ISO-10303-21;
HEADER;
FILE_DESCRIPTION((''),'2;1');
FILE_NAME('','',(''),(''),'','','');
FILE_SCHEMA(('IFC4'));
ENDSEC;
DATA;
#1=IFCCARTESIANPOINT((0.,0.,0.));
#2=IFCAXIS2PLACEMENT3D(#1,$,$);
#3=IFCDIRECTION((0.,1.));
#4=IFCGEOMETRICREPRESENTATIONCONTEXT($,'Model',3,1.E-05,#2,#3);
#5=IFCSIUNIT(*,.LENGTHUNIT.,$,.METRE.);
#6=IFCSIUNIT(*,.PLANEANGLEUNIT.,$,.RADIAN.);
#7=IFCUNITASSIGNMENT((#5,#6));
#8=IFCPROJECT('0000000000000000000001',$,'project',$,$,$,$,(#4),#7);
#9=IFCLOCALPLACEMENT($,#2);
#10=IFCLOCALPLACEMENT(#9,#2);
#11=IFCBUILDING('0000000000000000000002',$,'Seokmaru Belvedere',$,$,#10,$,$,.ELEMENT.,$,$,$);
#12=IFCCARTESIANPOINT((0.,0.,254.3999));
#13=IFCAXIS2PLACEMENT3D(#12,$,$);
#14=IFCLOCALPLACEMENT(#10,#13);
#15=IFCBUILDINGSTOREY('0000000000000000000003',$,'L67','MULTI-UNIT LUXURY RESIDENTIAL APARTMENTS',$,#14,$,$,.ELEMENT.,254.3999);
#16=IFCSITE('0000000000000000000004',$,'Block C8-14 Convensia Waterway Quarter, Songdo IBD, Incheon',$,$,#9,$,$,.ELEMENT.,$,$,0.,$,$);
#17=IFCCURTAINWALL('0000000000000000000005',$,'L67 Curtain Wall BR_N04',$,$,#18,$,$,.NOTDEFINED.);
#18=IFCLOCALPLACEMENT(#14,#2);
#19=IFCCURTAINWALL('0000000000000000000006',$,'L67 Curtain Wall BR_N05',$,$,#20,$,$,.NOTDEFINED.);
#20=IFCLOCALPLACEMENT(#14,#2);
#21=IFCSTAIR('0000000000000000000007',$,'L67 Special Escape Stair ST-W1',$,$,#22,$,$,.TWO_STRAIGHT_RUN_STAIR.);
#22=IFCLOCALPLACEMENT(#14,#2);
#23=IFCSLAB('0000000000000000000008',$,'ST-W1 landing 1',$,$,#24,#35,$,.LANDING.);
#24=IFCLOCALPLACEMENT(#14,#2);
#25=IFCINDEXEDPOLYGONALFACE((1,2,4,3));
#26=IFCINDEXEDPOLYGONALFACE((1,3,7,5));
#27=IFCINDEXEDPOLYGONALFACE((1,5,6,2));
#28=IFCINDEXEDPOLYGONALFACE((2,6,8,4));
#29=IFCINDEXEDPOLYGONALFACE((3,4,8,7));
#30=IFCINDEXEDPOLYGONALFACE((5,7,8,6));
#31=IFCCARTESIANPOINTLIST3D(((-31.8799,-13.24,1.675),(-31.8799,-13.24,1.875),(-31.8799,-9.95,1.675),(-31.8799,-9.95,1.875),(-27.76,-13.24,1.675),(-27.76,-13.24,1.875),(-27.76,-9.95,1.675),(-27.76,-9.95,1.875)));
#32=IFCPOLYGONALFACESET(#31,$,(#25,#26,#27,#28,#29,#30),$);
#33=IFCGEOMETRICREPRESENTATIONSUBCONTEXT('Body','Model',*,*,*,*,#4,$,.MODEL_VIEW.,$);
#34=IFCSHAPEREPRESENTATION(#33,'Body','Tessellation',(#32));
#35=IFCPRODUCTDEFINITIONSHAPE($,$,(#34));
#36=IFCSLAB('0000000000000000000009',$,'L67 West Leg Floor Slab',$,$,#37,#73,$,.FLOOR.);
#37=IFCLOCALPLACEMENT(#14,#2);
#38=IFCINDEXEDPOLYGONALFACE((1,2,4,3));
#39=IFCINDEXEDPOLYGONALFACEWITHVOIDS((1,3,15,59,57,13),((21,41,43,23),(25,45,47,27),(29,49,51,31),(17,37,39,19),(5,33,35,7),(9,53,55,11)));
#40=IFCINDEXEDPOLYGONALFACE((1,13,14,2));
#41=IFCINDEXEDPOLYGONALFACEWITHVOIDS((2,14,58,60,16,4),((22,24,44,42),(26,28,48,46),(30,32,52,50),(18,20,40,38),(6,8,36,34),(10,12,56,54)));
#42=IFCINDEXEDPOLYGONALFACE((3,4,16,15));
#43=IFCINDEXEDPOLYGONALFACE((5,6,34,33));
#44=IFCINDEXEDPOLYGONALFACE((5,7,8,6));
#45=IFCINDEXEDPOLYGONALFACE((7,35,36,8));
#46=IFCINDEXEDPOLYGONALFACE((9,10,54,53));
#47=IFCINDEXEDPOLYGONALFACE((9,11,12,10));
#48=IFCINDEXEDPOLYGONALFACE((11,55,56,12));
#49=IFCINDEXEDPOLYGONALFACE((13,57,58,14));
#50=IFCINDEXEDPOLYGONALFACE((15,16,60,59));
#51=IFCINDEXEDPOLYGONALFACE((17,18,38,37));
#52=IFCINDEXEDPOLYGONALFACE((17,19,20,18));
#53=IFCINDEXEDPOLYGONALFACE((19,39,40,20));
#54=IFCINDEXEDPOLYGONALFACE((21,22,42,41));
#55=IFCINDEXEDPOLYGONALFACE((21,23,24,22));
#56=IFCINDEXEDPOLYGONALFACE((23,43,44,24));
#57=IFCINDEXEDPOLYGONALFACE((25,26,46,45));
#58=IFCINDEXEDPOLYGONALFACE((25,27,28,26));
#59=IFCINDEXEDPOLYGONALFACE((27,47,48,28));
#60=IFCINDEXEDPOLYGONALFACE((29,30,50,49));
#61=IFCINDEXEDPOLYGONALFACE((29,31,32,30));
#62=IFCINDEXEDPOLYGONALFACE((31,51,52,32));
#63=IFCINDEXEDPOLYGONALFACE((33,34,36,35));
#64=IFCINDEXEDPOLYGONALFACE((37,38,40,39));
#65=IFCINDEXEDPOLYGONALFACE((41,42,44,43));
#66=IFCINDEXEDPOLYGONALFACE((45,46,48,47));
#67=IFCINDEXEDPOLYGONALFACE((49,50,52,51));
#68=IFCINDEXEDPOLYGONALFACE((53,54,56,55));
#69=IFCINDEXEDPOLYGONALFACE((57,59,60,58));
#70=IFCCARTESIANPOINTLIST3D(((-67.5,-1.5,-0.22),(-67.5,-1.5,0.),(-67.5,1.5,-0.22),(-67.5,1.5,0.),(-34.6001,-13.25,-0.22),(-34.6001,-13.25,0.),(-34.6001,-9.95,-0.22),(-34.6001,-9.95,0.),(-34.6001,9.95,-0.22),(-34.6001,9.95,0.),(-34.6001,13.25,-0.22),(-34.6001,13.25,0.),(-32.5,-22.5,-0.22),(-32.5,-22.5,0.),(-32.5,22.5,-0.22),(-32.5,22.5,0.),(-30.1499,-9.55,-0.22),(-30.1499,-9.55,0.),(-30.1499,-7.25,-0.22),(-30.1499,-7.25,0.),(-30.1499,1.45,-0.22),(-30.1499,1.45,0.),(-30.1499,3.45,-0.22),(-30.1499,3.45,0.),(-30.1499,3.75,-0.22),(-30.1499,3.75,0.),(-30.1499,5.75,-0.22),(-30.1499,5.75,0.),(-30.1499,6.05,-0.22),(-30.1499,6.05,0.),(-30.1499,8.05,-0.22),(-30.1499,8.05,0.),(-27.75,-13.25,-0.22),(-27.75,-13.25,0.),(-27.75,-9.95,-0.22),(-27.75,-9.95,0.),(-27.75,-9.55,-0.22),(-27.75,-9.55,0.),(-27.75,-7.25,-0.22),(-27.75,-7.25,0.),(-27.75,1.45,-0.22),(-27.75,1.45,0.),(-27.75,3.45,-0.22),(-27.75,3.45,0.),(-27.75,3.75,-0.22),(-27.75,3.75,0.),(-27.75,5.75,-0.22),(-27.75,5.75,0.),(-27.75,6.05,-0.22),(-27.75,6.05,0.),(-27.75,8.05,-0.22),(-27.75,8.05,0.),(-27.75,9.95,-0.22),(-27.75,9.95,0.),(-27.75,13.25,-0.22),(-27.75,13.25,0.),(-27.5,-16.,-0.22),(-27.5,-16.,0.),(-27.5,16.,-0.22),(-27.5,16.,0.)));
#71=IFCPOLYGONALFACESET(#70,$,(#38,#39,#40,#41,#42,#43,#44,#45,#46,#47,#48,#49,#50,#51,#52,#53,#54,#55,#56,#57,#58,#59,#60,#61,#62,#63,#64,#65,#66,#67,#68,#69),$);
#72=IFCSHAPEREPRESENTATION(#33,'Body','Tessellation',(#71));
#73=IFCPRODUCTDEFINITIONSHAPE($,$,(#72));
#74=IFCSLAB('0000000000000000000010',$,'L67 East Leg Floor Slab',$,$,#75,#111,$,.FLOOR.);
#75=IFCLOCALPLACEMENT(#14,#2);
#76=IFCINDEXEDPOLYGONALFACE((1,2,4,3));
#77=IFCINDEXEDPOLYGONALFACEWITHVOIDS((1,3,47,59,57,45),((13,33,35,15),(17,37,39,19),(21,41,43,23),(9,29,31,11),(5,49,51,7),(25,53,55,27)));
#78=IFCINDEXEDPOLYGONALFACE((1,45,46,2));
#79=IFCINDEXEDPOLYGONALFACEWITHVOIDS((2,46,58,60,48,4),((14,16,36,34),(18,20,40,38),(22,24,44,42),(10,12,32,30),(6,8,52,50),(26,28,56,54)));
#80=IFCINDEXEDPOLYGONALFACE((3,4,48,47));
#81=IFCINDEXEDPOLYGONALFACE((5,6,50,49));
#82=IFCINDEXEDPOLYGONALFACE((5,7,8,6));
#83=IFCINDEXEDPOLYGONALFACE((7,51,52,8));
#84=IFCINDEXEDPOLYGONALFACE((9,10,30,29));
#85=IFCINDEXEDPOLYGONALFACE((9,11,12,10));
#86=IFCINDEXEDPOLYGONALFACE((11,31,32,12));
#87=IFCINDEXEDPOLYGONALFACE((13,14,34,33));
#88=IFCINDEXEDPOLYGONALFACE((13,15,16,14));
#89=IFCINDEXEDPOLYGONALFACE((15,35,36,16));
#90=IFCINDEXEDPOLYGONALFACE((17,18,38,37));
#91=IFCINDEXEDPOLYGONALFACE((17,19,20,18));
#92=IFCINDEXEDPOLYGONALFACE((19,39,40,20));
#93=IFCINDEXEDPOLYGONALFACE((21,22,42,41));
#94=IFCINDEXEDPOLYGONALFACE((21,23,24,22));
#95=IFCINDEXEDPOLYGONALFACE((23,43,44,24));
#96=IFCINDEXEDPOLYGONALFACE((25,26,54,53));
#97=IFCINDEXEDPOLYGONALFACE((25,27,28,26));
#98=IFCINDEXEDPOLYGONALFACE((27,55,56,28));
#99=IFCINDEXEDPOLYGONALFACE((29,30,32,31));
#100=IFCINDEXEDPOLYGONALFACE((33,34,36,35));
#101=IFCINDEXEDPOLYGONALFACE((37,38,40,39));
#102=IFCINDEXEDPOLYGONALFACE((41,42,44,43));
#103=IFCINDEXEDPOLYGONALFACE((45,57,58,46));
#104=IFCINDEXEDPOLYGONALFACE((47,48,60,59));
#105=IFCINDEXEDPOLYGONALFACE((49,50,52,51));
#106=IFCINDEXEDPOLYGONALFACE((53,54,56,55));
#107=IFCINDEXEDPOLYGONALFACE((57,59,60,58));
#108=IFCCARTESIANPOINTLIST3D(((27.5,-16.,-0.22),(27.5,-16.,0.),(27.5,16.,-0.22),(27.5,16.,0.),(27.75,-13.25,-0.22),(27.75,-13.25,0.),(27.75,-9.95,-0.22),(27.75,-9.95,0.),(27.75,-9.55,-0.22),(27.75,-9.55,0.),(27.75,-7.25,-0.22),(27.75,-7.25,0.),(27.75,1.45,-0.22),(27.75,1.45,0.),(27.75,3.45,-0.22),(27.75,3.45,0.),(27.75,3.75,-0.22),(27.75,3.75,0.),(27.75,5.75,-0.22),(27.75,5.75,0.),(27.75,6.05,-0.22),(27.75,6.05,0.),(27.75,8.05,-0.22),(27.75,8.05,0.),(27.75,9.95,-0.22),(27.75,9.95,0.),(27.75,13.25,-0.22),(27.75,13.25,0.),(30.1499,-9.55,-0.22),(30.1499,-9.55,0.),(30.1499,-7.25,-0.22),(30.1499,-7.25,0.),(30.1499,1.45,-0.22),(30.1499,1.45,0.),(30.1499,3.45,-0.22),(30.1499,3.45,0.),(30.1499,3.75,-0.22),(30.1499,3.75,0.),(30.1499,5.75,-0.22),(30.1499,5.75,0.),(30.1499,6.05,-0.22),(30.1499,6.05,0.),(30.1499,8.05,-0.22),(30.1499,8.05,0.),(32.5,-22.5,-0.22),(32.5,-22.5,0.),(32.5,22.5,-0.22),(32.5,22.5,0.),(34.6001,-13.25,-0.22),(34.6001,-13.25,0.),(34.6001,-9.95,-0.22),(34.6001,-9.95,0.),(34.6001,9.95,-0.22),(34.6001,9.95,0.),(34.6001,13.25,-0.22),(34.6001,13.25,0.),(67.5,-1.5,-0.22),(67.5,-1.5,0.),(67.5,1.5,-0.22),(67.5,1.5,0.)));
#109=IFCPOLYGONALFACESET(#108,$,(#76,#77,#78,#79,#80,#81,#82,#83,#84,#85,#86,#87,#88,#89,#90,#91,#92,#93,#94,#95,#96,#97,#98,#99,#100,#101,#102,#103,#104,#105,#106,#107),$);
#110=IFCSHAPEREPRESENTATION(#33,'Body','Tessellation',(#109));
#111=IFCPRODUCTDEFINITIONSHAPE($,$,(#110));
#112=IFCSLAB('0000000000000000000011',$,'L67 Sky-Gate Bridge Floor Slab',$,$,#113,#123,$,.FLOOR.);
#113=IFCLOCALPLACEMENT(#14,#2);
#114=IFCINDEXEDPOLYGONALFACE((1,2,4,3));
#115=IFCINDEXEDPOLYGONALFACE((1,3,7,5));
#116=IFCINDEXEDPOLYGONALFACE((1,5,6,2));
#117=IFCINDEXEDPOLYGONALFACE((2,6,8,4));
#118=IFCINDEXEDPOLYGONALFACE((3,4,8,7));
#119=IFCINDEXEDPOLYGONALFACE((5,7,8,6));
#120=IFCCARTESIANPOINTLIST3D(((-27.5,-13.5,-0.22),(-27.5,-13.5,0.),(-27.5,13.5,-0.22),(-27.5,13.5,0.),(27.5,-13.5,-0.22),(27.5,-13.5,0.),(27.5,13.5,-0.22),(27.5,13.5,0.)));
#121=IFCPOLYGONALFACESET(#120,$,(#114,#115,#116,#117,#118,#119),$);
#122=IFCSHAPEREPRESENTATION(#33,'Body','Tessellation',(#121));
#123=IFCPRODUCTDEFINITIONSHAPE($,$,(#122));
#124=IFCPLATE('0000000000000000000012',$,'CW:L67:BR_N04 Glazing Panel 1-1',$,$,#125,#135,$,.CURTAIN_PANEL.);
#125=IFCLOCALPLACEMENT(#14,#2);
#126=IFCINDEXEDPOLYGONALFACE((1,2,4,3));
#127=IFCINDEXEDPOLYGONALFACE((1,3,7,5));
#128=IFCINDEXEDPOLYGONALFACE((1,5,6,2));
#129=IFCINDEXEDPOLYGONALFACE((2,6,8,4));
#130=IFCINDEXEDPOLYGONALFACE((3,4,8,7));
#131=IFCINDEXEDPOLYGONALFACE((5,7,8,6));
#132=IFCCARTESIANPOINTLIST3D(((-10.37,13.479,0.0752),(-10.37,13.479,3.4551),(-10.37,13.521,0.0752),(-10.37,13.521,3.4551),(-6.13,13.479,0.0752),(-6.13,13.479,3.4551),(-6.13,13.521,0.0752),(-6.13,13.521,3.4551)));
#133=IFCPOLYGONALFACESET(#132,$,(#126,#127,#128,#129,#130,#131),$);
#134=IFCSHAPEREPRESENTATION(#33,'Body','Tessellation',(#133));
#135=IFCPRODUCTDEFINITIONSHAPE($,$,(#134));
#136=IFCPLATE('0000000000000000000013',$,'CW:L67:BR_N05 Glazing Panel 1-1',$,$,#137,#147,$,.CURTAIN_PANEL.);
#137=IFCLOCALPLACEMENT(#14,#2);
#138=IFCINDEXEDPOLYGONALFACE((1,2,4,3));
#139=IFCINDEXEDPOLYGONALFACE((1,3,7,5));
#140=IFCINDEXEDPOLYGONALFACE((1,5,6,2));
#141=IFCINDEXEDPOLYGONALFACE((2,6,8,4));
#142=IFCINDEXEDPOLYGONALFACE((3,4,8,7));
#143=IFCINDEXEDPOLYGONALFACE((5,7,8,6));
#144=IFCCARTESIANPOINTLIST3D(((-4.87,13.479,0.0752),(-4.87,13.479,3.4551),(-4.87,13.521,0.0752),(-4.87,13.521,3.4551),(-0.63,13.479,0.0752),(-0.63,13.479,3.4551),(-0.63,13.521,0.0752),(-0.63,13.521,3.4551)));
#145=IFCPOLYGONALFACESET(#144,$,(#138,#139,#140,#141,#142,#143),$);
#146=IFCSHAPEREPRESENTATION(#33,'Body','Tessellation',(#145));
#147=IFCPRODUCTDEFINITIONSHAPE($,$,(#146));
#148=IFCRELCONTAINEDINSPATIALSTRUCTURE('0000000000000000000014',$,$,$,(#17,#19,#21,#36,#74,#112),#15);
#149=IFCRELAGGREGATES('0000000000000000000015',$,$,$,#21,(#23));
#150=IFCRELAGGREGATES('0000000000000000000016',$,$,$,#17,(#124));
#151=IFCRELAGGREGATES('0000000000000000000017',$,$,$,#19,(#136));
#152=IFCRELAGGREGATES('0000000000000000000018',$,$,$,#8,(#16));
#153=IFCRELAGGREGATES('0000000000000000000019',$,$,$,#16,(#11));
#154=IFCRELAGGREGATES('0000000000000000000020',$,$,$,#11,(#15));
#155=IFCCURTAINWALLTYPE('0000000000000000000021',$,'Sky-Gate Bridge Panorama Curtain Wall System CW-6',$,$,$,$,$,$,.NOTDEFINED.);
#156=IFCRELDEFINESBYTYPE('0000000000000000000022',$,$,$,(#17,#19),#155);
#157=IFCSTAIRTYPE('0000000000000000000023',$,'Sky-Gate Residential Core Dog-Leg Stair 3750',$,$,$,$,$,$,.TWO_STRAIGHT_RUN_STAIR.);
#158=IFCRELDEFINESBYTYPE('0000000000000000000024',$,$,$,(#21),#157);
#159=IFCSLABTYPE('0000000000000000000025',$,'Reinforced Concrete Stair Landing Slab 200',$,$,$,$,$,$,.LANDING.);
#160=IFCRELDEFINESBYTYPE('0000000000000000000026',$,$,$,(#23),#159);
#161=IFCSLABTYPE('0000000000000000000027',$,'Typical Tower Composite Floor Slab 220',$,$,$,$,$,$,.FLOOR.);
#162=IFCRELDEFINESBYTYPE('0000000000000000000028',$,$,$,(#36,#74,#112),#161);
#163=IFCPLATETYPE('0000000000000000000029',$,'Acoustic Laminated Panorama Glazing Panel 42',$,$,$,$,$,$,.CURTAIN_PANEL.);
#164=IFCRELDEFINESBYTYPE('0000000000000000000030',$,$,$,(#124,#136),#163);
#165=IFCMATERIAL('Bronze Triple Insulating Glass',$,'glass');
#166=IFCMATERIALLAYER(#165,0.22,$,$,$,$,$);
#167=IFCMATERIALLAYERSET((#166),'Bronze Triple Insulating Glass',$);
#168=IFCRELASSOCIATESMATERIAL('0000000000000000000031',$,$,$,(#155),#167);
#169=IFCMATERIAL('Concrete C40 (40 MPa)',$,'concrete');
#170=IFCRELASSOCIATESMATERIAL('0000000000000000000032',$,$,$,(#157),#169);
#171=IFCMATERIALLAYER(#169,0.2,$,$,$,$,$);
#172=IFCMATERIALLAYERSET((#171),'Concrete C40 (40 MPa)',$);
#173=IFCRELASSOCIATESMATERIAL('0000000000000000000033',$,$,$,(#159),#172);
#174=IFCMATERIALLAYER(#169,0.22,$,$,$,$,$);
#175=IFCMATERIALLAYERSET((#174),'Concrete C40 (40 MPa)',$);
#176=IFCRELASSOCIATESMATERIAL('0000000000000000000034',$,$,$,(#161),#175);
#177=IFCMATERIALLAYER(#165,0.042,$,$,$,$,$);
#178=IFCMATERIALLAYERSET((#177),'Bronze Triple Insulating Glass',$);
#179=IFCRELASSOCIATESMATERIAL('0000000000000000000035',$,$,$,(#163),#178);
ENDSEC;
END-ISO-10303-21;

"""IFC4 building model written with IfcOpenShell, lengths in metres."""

from ifc_helpers import new_model, si_unit, direction, frame, origin, origin_2d, place, context, subcontext, project, spatial, polyline, rectangle, outline, extrude, source, transform, mapped, material, layer, layer_set, type_object, type_shapes, element, aggregate, save


model = new_model("IFC4")

# Units and contexts
model_context = context("Model", 3, precision=1e-05, world=origin(), true_north=direction((0.0, 1.0)))
body_context = subcontext(model_context, "Body", "Model", "MODEL_VIEW")
ifc_project = project(units=[si_unit("LENGTHUNIT", "METRE"), si_unit("PLANEANGLEUNIT", "RADIAN")], contexts=[model_context])

# Site, building, storey
site_placement = place(None, origin())
site = spatial("IfcSite", under=ifc_project, at=site_placement, Name="Block C8-14 Convensia Waterway Quarter, Songdo IBD, Incheon", CompositionType="ELEMENT", RefElevation=0.0)
building_placement = place(site_placement, origin())
building = spatial("IfcBuilding", under=site, at=building_placement, Name="Seokmaru Belvedere", CompositionType="ELEMENT")
storey_placement = place(building_placement, frame((0.0, 0.0, 254.3999)))
storey = spatial("IfcBuildingStorey", under=building, at=storey_placement, Name="L67", Description="MULTI-UNIT LUXURY RESIDENTIAL APARTMENTS", CompositionType="ELEMENT", Elevation=254.3999)

# Curtain walls
ifc_material_1 = material(Name="Bronze Triple Insulating Glass", Category="glass")
ifc_layer_1 = layer(ifc_material_1, 0.22)
ifc_layer_set_1 = layer_set([ifc_layer_1], Name="Bronze Triple Insulating Glass")
curtain_wall_type = type_object("IfcCurtainWallType", Name="Sky-Gate Bridge Panorama Curtain Wall System CW-6", PredefinedType="NOTDEFINED", material=ifc_layer_set_1)
curtain_wall_1_placement = place(storey_placement, origin())
curtain_wall_1 = element("IfcCurtainWall", 1, at=curtain_wall_1_placement, inside=storey, type_object=curtain_wall_type, Name="L67 Curtain Wall BR_N04", PredefinedType="NOTDEFINED")
curtain_wall_2_placement = place(storey_placement, origin())
curtain_wall_2 = element("IfcCurtainWall", 2, at=curtain_wall_2_placement, inside=storey, type_object=curtain_wall_type, Name="L67 Curtain Wall BR_N05", PredefinedType="NOTDEFINED")

# Stair, slab
ifc_material_2 = material(Name="Concrete C40 (40 MPa)", Category="concrete")
stair_type = type_object("IfcStairType", Name="Sky-Gate Residential Core Dog-Leg Stair 3750", PredefinedType="TWO_STRAIGHT_RUN_STAIR", material=ifc_material_2)
stair_placement = place(storey_placement, origin())
stair = element("IfcStair", 3, at=stair_placement, inside=storey, type_object=stair_type, Name="L67 Special Escape Stair ST-W1", PredefinedType="TWO_STRAIGHT_RUN_STAIR")
ifc_layer_2 = layer(ifc_material_2, 0.2)
ifc_layer_set_2 = layer_set([ifc_layer_2], Name="Concrete C40 (40 MPa)")
slab_type_1 = type_object("IfcSlabType", Name="Reinforced Concrete Stair Landing Slab 200", PredefinedType="LANDING", material=ifc_layer_set_2)
slab_1_placement = place(storey_placement, frame((0.0, 0.0, 1.675)))
slab_1 = element("IfcSlab", 4, at=slab_1_placement, type_object=slab_type_1, Name="ST-W1 landing 1", PredefinedType="LANDING", context=body_context, shape_type="SweptSolid", body=[
    extrude(outline(polyline([(-31.8799, -13.24), (-27.76, -13.24), (-27.76, -9.95), (-31.8799, -9.95), (-31.8799, -13.24)])), origin(), (0.0, 0.0, 1.0), 0.2),
])
aggregate(stair, [slab_1])

# Slabs
ifc_layer_3 = layer(ifc_material_2, 0.22)
ifc_layer_set_3 = layer_set([ifc_layer_3], Name="Concrete C40 (40 MPa)")
slab_type_2 = type_object("IfcSlabType", Name="Typical Tower Composite Floor Slab 220", PredefinedType="FLOOR", material=ifc_layer_set_3)
slab_2_placement = place(storey_placement, frame((0.0, 0.0, -0.22)))
element("IfcSlab", 5, at=slab_2_placement, inside=storey, type_object=slab_type_2, Name="L67 West Leg Floor Slab", PredefinedType="FLOOR", context=body_context, shape_type="SweptSolid", body=[
    extrude(outline(polyline([(-27.5, -16.0), (-27.5, 16.0), (-32.5, 22.5), (-67.5, 1.5), (-67.5, -1.5), (-32.5, -22.5), (-27.5, -16.0)]), holes=[polyline([(-34.6001, -13.25), (-27.75, -13.25), (-27.75, -9.95), (-34.6001, -9.95), (-34.6001, -13.25)]), polyline([(-34.6001, 9.95), (-27.75, 9.95), (-27.75, 13.25), (-34.6001, 13.25), (-34.6001, 9.95)]), polyline([(-30.1499, -9.55), (-27.75, -9.55), (-27.75, -7.25), (-30.1499, -7.25), (-30.1499, -9.55)]), polyline([(-30.1499, 1.45), (-27.75, 1.45), (-27.75, 3.45), (-30.1499, 3.45), (-30.1499, 1.45)]), polyline([(-30.1499, 3.75), (-27.75, 3.75), (-27.75, 5.75), (-30.1499, 5.75), (-30.1499, 3.75)]), polyline([(-30.1499, 6.05), (-27.75, 6.05), (-27.75, 8.05), (-30.1499, 8.05), (-30.1499, 6.05)])]), origin(), (0.0, 0.0, 1.0), 0.22),
])
slab_3_placement = place(storey_placement, frame((0.0, 0.0, -0.22)))
element("IfcSlab", 6, at=slab_3_placement, inside=storey, type_object=slab_type_2, Name="L67 East Leg Floor Slab", PredefinedType="FLOOR", context=body_context, shape_type="SweptSolid", body=[
    extrude(outline(polyline([(32.5, -22.5), (67.5, -1.5), (67.5, 1.5), (32.5, 22.5), (27.5, 16.0), (27.5, -16.0), (32.5, -22.5)]), holes=[polyline([(27.75, -13.25), (34.6001, -13.25), (34.6001, -9.95), (27.75, -9.95), (27.75, -13.25)]), polyline([(27.75, 9.95), (34.6001, 9.95), (34.6001, 13.25), (27.75, 13.25), (27.75, 9.95)]), polyline([(27.75, -9.55), (30.1499, -9.55), (30.1499, -7.25), (27.75, -7.25), (27.75, -9.55)]), polyline([(27.75, 1.45), (30.1499, 1.45), (30.1499, 3.45), (27.75, 3.45), (27.75, 1.45)]), polyline([(27.75, 3.75), (30.1499, 3.75), (30.1499, 5.75), (27.75, 5.75), (27.75, 3.75)]), polyline([(27.75, 6.05), (30.1499, 6.05), (30.1499, 8.05), (27.75, 8.05), (27.75, 6.05)])]), origin(), (0.0, 0.0, 1.0), 0.22),
])
slab_4_placement = place(storey_placement, frame((0.0, 0.0, -0.22)))
element("IfcSlab", 7, at=slab_4_placement, inside=storey, type_object=slab_type_2, Name="L67 Sky-Gate Bridge Floor Slab", PredefinedType="FLOOR", context=body_context, shape_type="SweptSolid", body=[
    extrude(outline(polyline([(-27.5, -13.5), (27.5, -13.5), (27.5, 13.5), (-27.5, 13.5), (-27.5, -13.5)])), origin(), (0.0, 0.0, 1.0), 0.22),
])

# Plates
ifc_layer_4 = layer(ifc_material_1, 0.042)
ifc_layer_set_4 = layer_set([ifc_layer_4], Name="Bronze Triple Insulating Glass")
plate_type = type_object("IfcPlateType", Name="Acoustic Laminated Panorama Glazing Panel 42", PredefinedType="CURTAIN_PANEL", material=ifc_layer_set_4)
shared_shape_1 = source(origin(), body_context, "Body", "SweptSolid", [
    extrude(rectangle(XDim=4.24, YDim=0.042, at=origin_2d()), origin(), (0.0, 0.0, 1.0), 3.3799),
])
type_shapes(plate_type, [shared_shape_1])
plate_1_placement = place(storey_placement, frame((-8.25, 13.5, 0.0752), z_axis=(0.0, 0.0, 1.0), x_axis=(-1.0, 0.0, 0.0)))
plate_1 = element("IfcPlate", 8, at=plate_1_placement, type_object=plate_type, Name="CW:L67:BR_N04 Glazing Panel 1-1", PredefinedType="CURTAIN_PANEL", context=body_context, shape_type="MappedRepresentation", body=[
    mapped(shared_shape_1, transform((0.0, 0.0, 0.0), scale=1.0)),
])
aggregate(curtain_wall_1, [plate_1])
plate_2_placement = place(storey_placement, frame((-2.75, 13.5, 0.0752), z_axis=(0.0, 0.0, 1.0), x_axis=(-1.0, 0.0, 0.0)))
plate_2 = element("IfcPlate", 9, at=plate_2_placement, type_object=plate_type, Name="CW:L67:BR_N05 Glazing Panel 1-1", PredefinedType="CURTAIN_PANEL", context=body_context, shape_type="MappedRepresentation", body=[
    mapped(shared_shape_1, transform((0.0, 0.0, 0.0), scale=1.0)),
])
aggregate(curtain_wall_2, [plate_2])

save(model, "model.ifc")
